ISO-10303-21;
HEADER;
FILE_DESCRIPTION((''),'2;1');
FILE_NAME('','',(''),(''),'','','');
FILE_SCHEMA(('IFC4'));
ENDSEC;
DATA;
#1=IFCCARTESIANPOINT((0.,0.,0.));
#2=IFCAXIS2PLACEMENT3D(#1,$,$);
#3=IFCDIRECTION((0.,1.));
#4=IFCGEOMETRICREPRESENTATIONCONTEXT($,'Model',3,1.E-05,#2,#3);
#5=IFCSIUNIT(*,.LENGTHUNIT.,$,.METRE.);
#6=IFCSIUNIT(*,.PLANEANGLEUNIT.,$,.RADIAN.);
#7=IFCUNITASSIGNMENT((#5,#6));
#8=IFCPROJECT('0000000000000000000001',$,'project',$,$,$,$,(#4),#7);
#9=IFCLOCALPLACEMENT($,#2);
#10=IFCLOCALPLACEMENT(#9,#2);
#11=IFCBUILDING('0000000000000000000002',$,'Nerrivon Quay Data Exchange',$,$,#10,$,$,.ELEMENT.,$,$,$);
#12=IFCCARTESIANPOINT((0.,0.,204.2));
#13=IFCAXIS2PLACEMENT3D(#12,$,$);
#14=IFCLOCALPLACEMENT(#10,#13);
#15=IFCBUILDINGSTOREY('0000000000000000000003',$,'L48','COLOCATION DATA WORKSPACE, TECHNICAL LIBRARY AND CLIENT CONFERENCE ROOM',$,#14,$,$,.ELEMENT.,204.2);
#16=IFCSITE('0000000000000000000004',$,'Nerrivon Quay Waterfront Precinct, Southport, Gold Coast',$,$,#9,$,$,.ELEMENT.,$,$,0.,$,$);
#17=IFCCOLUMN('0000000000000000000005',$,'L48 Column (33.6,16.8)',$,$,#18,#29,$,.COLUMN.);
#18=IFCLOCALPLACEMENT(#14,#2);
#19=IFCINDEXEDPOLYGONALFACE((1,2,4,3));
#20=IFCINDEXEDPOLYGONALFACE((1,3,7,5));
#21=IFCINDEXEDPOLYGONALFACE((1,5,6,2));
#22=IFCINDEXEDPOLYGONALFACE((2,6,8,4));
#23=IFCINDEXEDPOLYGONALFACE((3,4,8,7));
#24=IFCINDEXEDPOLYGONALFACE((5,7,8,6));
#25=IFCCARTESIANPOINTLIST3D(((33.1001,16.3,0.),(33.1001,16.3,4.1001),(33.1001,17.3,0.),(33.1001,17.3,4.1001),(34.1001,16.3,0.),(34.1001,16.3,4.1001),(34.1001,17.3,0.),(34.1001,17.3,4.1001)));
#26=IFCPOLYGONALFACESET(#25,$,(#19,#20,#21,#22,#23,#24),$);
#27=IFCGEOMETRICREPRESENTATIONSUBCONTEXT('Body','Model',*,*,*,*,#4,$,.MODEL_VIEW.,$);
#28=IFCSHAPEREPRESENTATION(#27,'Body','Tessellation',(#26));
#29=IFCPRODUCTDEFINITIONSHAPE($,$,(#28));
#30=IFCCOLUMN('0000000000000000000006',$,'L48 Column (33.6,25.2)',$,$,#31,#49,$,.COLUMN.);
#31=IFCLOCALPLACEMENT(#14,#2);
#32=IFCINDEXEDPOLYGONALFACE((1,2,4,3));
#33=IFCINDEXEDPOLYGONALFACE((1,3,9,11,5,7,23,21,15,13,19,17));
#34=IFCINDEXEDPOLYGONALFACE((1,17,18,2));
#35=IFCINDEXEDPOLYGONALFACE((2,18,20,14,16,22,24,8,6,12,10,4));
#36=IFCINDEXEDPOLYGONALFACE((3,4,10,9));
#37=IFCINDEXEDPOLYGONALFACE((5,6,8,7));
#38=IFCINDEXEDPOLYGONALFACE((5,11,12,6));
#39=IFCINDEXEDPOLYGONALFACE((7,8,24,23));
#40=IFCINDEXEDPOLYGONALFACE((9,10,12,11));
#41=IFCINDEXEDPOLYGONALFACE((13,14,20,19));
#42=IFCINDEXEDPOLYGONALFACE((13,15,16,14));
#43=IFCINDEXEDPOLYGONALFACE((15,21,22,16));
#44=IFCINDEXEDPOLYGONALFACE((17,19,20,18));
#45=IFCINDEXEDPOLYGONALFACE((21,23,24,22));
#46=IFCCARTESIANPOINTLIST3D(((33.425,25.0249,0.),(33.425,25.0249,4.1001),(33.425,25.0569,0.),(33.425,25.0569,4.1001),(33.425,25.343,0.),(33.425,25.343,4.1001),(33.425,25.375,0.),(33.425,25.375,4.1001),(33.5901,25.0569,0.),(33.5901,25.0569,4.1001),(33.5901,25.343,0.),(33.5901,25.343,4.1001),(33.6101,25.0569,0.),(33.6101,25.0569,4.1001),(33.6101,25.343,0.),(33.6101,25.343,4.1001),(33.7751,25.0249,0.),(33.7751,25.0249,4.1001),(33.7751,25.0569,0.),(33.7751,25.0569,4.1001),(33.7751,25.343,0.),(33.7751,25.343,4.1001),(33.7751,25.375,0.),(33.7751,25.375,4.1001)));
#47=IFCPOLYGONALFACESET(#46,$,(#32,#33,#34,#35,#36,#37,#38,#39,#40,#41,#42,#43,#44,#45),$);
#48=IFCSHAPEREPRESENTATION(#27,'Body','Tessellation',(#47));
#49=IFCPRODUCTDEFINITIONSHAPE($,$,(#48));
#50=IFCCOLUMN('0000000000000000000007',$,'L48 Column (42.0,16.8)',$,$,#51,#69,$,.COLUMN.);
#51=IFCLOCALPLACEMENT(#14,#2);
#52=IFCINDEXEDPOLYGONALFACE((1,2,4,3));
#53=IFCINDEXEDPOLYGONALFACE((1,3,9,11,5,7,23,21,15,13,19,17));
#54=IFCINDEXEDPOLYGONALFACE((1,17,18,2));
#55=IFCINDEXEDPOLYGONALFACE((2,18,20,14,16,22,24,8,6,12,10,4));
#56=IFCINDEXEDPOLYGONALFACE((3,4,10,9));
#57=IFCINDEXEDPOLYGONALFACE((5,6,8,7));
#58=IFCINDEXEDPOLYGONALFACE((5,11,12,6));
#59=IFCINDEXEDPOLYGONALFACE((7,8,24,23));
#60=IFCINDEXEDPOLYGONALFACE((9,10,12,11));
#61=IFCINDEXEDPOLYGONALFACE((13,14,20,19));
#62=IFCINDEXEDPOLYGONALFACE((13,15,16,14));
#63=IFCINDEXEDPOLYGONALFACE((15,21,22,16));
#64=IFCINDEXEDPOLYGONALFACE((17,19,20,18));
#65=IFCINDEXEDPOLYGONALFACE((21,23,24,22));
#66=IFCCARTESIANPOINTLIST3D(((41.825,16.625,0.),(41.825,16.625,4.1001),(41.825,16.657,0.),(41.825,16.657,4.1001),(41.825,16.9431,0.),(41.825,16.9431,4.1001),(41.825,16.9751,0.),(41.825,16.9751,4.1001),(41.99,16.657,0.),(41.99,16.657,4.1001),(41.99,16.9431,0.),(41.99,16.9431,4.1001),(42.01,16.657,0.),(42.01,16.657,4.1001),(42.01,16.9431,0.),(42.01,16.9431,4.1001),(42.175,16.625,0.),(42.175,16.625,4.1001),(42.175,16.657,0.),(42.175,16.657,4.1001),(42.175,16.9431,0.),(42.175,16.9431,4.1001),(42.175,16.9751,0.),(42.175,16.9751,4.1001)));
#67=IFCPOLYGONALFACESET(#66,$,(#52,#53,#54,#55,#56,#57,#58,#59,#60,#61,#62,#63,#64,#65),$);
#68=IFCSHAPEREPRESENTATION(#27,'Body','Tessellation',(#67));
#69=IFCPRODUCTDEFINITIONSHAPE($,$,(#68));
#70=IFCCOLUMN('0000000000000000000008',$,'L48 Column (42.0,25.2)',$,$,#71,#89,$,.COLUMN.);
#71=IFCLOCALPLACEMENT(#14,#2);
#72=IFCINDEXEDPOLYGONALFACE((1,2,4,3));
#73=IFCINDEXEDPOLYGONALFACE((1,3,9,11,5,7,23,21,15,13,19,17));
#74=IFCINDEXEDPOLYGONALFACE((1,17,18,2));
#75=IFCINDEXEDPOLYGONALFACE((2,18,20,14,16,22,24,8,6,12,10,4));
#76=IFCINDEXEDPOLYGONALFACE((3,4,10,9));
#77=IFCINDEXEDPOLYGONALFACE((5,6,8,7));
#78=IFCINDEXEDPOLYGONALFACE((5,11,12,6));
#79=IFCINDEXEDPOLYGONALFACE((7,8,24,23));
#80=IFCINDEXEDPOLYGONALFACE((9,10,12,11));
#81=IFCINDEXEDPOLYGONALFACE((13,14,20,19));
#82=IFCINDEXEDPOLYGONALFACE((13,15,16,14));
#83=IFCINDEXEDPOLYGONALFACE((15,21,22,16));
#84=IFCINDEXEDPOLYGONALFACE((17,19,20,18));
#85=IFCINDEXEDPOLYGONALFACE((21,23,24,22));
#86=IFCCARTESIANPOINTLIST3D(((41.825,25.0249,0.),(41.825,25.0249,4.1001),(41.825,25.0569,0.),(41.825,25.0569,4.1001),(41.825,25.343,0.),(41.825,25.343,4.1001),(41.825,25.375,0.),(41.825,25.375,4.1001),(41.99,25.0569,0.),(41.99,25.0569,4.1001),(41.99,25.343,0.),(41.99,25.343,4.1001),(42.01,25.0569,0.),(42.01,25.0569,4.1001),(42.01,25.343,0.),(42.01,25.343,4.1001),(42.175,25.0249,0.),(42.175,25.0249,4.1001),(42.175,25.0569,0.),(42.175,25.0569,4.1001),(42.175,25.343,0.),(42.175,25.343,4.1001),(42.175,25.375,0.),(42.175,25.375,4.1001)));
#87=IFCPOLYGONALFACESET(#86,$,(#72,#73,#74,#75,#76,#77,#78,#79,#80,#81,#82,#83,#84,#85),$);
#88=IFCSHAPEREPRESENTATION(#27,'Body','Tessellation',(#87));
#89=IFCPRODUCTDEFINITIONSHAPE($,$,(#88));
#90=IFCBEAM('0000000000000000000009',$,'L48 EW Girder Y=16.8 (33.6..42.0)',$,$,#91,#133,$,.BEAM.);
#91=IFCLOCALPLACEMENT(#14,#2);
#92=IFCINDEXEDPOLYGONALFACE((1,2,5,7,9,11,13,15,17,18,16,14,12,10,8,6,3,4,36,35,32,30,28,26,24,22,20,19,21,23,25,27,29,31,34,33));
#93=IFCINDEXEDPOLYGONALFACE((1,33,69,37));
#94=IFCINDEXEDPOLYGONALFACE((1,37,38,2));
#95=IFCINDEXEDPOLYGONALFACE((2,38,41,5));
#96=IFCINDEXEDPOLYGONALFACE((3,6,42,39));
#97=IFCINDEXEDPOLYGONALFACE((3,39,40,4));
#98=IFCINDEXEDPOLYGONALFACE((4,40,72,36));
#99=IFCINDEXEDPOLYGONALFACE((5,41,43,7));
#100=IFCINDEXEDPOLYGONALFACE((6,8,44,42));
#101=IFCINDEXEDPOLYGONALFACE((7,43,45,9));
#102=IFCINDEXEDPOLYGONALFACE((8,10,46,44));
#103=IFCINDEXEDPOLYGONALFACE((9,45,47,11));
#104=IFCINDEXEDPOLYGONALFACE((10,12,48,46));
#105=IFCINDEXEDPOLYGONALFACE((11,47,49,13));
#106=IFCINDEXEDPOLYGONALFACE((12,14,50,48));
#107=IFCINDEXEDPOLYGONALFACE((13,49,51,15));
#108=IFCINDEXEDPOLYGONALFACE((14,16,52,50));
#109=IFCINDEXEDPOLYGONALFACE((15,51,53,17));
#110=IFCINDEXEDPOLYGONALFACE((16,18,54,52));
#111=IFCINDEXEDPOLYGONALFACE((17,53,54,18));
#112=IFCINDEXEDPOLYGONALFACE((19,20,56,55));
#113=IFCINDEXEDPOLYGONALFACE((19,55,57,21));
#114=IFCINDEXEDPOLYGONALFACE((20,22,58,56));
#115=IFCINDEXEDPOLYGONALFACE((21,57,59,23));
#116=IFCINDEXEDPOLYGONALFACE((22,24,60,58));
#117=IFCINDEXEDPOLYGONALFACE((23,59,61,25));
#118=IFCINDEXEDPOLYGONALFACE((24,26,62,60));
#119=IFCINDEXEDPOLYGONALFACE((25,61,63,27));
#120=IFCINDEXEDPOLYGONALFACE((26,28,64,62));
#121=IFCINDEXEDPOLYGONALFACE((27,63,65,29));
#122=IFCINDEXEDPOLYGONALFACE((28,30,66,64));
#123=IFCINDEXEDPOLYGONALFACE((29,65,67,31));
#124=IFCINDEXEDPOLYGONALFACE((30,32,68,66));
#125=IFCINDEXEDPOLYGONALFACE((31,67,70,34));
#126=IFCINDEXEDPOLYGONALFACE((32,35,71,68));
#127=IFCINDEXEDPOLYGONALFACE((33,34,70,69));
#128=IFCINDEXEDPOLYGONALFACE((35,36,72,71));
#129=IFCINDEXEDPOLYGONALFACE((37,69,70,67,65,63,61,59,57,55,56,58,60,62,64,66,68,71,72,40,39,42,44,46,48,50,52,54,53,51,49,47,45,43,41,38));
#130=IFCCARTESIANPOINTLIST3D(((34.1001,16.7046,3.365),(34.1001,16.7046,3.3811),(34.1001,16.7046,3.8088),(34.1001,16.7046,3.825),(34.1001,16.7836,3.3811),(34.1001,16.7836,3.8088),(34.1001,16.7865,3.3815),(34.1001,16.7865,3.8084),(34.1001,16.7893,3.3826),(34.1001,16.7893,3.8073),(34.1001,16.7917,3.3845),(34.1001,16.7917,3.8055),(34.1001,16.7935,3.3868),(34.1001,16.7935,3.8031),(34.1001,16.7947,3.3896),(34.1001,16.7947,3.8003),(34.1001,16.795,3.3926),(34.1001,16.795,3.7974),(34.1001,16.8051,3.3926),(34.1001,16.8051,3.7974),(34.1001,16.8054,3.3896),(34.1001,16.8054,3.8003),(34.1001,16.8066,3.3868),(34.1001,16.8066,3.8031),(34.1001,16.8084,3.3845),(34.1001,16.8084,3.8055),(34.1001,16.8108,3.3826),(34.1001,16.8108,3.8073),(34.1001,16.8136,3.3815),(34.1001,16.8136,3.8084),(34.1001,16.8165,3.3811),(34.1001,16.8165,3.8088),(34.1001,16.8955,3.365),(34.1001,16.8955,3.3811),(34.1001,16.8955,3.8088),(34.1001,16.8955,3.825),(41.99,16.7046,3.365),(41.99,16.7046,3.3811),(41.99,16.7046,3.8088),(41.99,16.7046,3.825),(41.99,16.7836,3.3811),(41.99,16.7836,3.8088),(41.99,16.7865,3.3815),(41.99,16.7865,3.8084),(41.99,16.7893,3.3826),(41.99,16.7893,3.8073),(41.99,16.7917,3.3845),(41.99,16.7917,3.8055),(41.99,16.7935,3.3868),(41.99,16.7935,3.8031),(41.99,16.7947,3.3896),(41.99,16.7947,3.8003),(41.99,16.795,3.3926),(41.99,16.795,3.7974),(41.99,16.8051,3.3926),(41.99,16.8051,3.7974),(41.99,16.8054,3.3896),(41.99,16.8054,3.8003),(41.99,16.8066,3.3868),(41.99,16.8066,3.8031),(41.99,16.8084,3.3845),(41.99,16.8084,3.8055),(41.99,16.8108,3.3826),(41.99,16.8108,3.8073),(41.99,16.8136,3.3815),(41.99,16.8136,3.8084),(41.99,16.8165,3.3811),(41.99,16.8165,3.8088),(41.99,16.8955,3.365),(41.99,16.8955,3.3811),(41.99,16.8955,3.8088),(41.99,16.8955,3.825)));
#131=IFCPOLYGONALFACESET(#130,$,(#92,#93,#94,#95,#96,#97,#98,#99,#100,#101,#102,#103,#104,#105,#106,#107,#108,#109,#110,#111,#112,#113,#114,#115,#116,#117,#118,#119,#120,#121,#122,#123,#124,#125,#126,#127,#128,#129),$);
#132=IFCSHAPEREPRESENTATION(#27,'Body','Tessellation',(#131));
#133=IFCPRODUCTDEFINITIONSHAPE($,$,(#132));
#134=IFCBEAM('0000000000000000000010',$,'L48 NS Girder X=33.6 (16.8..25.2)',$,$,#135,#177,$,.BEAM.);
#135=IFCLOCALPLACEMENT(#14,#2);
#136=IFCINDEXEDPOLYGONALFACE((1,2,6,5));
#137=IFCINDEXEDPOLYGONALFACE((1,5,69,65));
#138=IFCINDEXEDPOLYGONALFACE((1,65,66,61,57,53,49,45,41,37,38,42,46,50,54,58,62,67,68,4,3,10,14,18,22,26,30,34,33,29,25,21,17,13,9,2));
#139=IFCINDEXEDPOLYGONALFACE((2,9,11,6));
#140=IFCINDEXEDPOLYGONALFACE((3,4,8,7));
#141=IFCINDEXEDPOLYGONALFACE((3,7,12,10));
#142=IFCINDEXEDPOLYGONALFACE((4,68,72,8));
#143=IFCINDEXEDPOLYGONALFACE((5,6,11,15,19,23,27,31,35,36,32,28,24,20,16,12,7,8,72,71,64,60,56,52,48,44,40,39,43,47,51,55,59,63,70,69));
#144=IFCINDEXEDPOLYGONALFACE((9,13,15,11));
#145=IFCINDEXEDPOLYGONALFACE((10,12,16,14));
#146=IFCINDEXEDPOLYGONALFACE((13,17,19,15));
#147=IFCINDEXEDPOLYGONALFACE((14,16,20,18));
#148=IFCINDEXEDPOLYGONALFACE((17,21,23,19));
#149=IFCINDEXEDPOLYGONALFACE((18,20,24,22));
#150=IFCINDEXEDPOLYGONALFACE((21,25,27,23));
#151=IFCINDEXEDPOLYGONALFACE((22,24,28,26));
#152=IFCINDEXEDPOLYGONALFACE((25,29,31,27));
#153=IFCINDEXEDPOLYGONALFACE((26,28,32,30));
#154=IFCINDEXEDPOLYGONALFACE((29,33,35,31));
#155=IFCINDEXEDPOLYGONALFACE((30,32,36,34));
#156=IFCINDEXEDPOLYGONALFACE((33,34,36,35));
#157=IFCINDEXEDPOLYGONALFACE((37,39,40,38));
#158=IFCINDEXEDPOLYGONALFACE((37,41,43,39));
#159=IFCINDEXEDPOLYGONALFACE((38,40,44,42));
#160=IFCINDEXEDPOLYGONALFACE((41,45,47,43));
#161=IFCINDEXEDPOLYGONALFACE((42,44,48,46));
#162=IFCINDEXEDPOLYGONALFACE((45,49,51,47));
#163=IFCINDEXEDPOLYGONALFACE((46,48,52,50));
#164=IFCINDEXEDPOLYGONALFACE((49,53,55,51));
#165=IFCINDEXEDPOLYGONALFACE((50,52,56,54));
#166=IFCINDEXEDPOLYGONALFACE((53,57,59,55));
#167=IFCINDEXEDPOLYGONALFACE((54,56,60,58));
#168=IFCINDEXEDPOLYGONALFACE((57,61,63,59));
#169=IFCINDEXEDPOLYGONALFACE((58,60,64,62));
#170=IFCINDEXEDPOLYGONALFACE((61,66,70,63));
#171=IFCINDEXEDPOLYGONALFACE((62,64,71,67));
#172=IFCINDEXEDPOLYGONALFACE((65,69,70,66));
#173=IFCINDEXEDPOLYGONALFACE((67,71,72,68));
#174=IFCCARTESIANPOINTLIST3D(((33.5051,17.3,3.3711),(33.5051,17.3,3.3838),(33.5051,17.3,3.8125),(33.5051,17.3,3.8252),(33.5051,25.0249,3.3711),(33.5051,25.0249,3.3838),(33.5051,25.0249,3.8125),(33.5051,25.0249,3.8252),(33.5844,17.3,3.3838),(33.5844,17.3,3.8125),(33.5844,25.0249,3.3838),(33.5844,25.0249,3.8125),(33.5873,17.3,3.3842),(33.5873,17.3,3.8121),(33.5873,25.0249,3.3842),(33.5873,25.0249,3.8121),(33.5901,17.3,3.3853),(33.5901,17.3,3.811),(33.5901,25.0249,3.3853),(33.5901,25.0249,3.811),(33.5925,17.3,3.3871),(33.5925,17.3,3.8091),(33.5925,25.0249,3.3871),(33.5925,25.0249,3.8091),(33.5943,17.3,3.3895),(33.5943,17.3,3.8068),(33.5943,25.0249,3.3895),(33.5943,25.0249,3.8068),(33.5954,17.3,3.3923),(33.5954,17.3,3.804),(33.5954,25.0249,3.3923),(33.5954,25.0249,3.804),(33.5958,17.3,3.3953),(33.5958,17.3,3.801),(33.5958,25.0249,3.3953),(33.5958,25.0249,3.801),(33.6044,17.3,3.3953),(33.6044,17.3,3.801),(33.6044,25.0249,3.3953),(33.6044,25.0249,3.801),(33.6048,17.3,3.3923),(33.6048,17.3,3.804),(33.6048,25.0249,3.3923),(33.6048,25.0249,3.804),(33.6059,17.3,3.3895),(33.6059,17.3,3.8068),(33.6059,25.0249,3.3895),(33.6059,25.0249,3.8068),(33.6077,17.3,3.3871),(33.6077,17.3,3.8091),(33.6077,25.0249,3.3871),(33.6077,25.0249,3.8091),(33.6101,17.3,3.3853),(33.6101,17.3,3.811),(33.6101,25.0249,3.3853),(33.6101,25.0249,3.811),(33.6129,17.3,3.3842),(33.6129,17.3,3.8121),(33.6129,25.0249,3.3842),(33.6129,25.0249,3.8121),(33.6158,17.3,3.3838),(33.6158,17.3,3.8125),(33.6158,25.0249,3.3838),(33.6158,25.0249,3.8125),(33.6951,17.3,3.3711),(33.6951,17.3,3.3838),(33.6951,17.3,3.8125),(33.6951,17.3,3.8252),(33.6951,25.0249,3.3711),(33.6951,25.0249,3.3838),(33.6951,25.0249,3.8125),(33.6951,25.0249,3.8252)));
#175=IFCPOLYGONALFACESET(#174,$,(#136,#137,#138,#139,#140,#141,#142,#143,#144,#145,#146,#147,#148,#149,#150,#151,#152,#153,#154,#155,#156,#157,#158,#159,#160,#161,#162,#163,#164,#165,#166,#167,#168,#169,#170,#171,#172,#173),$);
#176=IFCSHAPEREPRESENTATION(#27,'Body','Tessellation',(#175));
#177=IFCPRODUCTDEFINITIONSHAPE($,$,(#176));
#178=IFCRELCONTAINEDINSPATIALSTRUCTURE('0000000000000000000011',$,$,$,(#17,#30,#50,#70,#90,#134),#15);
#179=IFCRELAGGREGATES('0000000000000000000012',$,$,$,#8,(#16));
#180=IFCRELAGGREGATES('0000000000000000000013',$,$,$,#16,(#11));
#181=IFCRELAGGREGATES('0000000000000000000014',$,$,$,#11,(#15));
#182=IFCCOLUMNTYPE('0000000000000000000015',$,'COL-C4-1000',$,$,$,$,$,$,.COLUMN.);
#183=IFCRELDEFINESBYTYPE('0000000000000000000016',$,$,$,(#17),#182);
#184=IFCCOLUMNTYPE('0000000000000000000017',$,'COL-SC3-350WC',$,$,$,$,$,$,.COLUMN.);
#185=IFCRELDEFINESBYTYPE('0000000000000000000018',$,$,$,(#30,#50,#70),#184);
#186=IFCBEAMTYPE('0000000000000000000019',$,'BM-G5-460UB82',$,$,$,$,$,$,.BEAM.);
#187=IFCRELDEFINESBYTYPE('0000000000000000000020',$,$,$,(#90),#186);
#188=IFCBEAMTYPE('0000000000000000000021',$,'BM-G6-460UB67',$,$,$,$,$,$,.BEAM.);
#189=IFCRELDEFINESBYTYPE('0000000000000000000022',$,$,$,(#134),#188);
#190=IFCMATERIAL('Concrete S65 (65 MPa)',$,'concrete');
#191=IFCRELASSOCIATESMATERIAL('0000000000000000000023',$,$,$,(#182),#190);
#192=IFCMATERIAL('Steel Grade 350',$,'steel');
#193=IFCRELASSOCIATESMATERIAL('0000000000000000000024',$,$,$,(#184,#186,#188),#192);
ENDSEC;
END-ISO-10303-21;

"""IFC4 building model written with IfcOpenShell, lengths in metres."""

from ifc_helpers import new_model, si_unit, direction, frame, origin, origin_2d, place, context, subcontext, project, spatial, rectangle, i_section, extrude, material, material_profile, profile_set, type_object, element, save


model = new_model("IFC4")

# Units and contexts
model_context = context("Model", 3, precision=1e-05, world=origin(), true_north=direction((0.0, 1.0)))
body_context = subcontext(model_context, "Body", "Model", "MODEL_VIEW")
ifc_project = project(units=[si_unit("LENGTHUNIT", "METRE"), si_unit("PLANEANGLEUNIT", "RADIAN")], contexts=[model_context])

# Site, building, storey
site_placement = place(None, origin())
site = spatial("IfcSite", under=ifc_project, at=site_placement, Name="Nerrivon Quay Waterfront Precinct, Southport, Gold Coast", CompositionType="ELEMENT", RefElevation=0.0)
building_placement = place(site_placement, origin())
building = spatial("IfcBuilding", under=site, at=building_placement, Name="Nerrivon Quay Data Exchange", CompositionType="ELEMENT")
storey_placement = place(building_placement, frame((0.0, 0.0, 204.2)))
storey = spatial("IfcBuildingStorey", under=building, at=storey_placement, Name="L48", Description="COLOCATION DATA WORKSPACE, TECHNICAL LIBRARY AND CLIENT CONFERENCE ROOM", CompositionType="ELEMENT", Elevation=204.2)

# Columns
ifc_material_1 = material(Name="Concrete S65 (65 MPa)", Category="concrete")
ifc_material_profile_1 = material_profile(ifc_material_1, rectangle(XDim=1.0, YDim=1.0, at=origin_2d()), Name="RC-COL-1000x1000")
ifc_profile_set_1 = profile_set([ifc_material_profile_1], Name="Concrete S65 (65 MPa)")
column_type_1 = type_object("IfcColumnType", Name="COL-C4-1000", PredefinedType="COLUMN", material=ifc_profile_set_1)
column_placement = place(storey_placement, frame((33.6001, 16.8, 0.0), z_axis=(0.0, 0.0, 1.0), x_axis=(1.0, 0.0, 0.0)))
element("IfcColumn", 1, at=column_placement, inside=storey, type_object=column_type_1, Name="L48 Column (33.6,16.8)", PredefinedType="COLUMN", context=body_context, shape_type="SweptSolid", body=[
    extrude(rectangle(XDim=1.0, YDim=1.0, at=origin_2d()), origin(), (0.0, 0.0, 1.0), 4.1001),
])
ifc_material_2 = material(Name="Steel Grade 350", Category="steel")
ifc_material_profile_2 = material_profile(ifc_material_2, i_section(OverallWidth=0.3501, OverallDepth=0.3501, WebThickness=0.02, FlangeThickness=0.032, at=origin_2d()), Name="350WC230")
ifc_profile_set_2 = profile_set([ifc_material_profile_2], Name="Steel Grade 350")
column_type_2 = type_object("IfcColumnType", Name="COL-SC3-350WC", PredefinedType="COLUMN", material=ifc_profile_set_2)
for number, where, z_axis, x_axis, name in (
    (2, (33.6001, 25.2, 0.0), (0.0, 0.0, 1.0), (1.0, 0.0, 0.0), "L48 Column (33.6,25.2)"),
    (3, (42.0, 16.8, 0.0), (0.0, 0.0, 1.0), (1.0, 0.0, 0.0), "L48 Column (42.0,16.8)"),
    (4, (42.0, 25.2, 0.0), (0.0, 0.0, 1.0), (1.0, 0.0, 0.0), "L48 Column (42.0,25.2)"),
):
    element("IfcColumn", number, at=place(storey_placement, frame(where, z_axis=z_axis, x_axis=x_axis)), inside=storey, type_object=column_type_2, Name=name, PredefinedType="COLUMN", context=body_context, shape_type="SweptSolid", body=[
        extrude(i_section(OverallWidth=0.3501, OverallDepth=0.3501, WebThickness=0.02, FlangeThickness=0.032, at=origin_2d()), origin(), (0.0, 0.0, 1.0), 4.1001),
    ])

# Beams
ifc_material_profile_3 = material_profile(ifc_material_2, i_section(OverallWidth=0.1909, OverallDepth=0.46, WebThickness=0.01, FlangeThickness=0.0161, FilletRadius=0.0115, at=origin_2d()), Name="460UB82.1")
ifc_profile_set_3 = profile_set([ifc_material_profile_3], Name="Steel Grade 350")
beam_type_1 = type_object("IfcBeamType", Name="BM-G5-460UB82", PredefinedType="BEAM", material=ifc_profile_set_3)
beam_1_placement = place(storey_placement, frame((34.1001, 16.8, 3.595), z_axis=(1.0, 0.0, 0.0), x_axis=(0.0, 1.0, 0.0)))
element("IfcBeam", 5, at=beam_1_placement, inside=storey, type_object=beam_type_1, Name="L48 EW Girder Y=16.8 (33.6..42.0)", PredefinedType="BEAM", context=body_context, shape_type="SweptSolid", body=[
    extrude(i_section(OverallWidth=0.1909, OverallDepth=0.46, WebThickness=0.01, FlangeThickness=0.0161, FilletRadius=0.0115, at=origin_2d()), origin(), (0.0, 0.0, 1.0), 7.8899),
])
ifc_material_profile_4 = material_profile(ifc_material_2, i_section(OverallWidth=0.1899, OverallDepth=0.4541, WebThickness=0.0085, FlangeThickness=0.0127, FilletRadius=0.0115, at=origin_2d()), Name="460UB67.1")
ifc_profile_set_4 = profile_set([ifc_material_profile_4], Name="Steel Grade 350")
beam_type_2 = type_object("IfcBeamType", Name="BM-G6-460UB67", PredefinedType="BEAM", material=ifc_profile_set_4)
beam_2_placement = place(storey_placement, frame((33.6001, 17.3, 3.5981), z_axis=(0.0, 1.0, 0.0), x_axis=(-1.0, 0.0, 0.0)))
element("IfcBeam", 6, at=beam_2_placement, inside=storey, type_object=beam_type_2, Name="L48 NS Girder X=33.6 (16.8..25.2)", PredefinedType="BEAM", context=body_context, shape_type="SweptSolid", body=[
    extrude(i_section(OverallWidth=0.1899, OverallDepth=0.4541, WebThickness=0.0085, FlangeThickness=0.0127, FilletRadius=0.0115, at=origin_2d()), origin(), (0.0, 0.0, 1.0), 7.7249),
])

save(model, "model.ifc")
